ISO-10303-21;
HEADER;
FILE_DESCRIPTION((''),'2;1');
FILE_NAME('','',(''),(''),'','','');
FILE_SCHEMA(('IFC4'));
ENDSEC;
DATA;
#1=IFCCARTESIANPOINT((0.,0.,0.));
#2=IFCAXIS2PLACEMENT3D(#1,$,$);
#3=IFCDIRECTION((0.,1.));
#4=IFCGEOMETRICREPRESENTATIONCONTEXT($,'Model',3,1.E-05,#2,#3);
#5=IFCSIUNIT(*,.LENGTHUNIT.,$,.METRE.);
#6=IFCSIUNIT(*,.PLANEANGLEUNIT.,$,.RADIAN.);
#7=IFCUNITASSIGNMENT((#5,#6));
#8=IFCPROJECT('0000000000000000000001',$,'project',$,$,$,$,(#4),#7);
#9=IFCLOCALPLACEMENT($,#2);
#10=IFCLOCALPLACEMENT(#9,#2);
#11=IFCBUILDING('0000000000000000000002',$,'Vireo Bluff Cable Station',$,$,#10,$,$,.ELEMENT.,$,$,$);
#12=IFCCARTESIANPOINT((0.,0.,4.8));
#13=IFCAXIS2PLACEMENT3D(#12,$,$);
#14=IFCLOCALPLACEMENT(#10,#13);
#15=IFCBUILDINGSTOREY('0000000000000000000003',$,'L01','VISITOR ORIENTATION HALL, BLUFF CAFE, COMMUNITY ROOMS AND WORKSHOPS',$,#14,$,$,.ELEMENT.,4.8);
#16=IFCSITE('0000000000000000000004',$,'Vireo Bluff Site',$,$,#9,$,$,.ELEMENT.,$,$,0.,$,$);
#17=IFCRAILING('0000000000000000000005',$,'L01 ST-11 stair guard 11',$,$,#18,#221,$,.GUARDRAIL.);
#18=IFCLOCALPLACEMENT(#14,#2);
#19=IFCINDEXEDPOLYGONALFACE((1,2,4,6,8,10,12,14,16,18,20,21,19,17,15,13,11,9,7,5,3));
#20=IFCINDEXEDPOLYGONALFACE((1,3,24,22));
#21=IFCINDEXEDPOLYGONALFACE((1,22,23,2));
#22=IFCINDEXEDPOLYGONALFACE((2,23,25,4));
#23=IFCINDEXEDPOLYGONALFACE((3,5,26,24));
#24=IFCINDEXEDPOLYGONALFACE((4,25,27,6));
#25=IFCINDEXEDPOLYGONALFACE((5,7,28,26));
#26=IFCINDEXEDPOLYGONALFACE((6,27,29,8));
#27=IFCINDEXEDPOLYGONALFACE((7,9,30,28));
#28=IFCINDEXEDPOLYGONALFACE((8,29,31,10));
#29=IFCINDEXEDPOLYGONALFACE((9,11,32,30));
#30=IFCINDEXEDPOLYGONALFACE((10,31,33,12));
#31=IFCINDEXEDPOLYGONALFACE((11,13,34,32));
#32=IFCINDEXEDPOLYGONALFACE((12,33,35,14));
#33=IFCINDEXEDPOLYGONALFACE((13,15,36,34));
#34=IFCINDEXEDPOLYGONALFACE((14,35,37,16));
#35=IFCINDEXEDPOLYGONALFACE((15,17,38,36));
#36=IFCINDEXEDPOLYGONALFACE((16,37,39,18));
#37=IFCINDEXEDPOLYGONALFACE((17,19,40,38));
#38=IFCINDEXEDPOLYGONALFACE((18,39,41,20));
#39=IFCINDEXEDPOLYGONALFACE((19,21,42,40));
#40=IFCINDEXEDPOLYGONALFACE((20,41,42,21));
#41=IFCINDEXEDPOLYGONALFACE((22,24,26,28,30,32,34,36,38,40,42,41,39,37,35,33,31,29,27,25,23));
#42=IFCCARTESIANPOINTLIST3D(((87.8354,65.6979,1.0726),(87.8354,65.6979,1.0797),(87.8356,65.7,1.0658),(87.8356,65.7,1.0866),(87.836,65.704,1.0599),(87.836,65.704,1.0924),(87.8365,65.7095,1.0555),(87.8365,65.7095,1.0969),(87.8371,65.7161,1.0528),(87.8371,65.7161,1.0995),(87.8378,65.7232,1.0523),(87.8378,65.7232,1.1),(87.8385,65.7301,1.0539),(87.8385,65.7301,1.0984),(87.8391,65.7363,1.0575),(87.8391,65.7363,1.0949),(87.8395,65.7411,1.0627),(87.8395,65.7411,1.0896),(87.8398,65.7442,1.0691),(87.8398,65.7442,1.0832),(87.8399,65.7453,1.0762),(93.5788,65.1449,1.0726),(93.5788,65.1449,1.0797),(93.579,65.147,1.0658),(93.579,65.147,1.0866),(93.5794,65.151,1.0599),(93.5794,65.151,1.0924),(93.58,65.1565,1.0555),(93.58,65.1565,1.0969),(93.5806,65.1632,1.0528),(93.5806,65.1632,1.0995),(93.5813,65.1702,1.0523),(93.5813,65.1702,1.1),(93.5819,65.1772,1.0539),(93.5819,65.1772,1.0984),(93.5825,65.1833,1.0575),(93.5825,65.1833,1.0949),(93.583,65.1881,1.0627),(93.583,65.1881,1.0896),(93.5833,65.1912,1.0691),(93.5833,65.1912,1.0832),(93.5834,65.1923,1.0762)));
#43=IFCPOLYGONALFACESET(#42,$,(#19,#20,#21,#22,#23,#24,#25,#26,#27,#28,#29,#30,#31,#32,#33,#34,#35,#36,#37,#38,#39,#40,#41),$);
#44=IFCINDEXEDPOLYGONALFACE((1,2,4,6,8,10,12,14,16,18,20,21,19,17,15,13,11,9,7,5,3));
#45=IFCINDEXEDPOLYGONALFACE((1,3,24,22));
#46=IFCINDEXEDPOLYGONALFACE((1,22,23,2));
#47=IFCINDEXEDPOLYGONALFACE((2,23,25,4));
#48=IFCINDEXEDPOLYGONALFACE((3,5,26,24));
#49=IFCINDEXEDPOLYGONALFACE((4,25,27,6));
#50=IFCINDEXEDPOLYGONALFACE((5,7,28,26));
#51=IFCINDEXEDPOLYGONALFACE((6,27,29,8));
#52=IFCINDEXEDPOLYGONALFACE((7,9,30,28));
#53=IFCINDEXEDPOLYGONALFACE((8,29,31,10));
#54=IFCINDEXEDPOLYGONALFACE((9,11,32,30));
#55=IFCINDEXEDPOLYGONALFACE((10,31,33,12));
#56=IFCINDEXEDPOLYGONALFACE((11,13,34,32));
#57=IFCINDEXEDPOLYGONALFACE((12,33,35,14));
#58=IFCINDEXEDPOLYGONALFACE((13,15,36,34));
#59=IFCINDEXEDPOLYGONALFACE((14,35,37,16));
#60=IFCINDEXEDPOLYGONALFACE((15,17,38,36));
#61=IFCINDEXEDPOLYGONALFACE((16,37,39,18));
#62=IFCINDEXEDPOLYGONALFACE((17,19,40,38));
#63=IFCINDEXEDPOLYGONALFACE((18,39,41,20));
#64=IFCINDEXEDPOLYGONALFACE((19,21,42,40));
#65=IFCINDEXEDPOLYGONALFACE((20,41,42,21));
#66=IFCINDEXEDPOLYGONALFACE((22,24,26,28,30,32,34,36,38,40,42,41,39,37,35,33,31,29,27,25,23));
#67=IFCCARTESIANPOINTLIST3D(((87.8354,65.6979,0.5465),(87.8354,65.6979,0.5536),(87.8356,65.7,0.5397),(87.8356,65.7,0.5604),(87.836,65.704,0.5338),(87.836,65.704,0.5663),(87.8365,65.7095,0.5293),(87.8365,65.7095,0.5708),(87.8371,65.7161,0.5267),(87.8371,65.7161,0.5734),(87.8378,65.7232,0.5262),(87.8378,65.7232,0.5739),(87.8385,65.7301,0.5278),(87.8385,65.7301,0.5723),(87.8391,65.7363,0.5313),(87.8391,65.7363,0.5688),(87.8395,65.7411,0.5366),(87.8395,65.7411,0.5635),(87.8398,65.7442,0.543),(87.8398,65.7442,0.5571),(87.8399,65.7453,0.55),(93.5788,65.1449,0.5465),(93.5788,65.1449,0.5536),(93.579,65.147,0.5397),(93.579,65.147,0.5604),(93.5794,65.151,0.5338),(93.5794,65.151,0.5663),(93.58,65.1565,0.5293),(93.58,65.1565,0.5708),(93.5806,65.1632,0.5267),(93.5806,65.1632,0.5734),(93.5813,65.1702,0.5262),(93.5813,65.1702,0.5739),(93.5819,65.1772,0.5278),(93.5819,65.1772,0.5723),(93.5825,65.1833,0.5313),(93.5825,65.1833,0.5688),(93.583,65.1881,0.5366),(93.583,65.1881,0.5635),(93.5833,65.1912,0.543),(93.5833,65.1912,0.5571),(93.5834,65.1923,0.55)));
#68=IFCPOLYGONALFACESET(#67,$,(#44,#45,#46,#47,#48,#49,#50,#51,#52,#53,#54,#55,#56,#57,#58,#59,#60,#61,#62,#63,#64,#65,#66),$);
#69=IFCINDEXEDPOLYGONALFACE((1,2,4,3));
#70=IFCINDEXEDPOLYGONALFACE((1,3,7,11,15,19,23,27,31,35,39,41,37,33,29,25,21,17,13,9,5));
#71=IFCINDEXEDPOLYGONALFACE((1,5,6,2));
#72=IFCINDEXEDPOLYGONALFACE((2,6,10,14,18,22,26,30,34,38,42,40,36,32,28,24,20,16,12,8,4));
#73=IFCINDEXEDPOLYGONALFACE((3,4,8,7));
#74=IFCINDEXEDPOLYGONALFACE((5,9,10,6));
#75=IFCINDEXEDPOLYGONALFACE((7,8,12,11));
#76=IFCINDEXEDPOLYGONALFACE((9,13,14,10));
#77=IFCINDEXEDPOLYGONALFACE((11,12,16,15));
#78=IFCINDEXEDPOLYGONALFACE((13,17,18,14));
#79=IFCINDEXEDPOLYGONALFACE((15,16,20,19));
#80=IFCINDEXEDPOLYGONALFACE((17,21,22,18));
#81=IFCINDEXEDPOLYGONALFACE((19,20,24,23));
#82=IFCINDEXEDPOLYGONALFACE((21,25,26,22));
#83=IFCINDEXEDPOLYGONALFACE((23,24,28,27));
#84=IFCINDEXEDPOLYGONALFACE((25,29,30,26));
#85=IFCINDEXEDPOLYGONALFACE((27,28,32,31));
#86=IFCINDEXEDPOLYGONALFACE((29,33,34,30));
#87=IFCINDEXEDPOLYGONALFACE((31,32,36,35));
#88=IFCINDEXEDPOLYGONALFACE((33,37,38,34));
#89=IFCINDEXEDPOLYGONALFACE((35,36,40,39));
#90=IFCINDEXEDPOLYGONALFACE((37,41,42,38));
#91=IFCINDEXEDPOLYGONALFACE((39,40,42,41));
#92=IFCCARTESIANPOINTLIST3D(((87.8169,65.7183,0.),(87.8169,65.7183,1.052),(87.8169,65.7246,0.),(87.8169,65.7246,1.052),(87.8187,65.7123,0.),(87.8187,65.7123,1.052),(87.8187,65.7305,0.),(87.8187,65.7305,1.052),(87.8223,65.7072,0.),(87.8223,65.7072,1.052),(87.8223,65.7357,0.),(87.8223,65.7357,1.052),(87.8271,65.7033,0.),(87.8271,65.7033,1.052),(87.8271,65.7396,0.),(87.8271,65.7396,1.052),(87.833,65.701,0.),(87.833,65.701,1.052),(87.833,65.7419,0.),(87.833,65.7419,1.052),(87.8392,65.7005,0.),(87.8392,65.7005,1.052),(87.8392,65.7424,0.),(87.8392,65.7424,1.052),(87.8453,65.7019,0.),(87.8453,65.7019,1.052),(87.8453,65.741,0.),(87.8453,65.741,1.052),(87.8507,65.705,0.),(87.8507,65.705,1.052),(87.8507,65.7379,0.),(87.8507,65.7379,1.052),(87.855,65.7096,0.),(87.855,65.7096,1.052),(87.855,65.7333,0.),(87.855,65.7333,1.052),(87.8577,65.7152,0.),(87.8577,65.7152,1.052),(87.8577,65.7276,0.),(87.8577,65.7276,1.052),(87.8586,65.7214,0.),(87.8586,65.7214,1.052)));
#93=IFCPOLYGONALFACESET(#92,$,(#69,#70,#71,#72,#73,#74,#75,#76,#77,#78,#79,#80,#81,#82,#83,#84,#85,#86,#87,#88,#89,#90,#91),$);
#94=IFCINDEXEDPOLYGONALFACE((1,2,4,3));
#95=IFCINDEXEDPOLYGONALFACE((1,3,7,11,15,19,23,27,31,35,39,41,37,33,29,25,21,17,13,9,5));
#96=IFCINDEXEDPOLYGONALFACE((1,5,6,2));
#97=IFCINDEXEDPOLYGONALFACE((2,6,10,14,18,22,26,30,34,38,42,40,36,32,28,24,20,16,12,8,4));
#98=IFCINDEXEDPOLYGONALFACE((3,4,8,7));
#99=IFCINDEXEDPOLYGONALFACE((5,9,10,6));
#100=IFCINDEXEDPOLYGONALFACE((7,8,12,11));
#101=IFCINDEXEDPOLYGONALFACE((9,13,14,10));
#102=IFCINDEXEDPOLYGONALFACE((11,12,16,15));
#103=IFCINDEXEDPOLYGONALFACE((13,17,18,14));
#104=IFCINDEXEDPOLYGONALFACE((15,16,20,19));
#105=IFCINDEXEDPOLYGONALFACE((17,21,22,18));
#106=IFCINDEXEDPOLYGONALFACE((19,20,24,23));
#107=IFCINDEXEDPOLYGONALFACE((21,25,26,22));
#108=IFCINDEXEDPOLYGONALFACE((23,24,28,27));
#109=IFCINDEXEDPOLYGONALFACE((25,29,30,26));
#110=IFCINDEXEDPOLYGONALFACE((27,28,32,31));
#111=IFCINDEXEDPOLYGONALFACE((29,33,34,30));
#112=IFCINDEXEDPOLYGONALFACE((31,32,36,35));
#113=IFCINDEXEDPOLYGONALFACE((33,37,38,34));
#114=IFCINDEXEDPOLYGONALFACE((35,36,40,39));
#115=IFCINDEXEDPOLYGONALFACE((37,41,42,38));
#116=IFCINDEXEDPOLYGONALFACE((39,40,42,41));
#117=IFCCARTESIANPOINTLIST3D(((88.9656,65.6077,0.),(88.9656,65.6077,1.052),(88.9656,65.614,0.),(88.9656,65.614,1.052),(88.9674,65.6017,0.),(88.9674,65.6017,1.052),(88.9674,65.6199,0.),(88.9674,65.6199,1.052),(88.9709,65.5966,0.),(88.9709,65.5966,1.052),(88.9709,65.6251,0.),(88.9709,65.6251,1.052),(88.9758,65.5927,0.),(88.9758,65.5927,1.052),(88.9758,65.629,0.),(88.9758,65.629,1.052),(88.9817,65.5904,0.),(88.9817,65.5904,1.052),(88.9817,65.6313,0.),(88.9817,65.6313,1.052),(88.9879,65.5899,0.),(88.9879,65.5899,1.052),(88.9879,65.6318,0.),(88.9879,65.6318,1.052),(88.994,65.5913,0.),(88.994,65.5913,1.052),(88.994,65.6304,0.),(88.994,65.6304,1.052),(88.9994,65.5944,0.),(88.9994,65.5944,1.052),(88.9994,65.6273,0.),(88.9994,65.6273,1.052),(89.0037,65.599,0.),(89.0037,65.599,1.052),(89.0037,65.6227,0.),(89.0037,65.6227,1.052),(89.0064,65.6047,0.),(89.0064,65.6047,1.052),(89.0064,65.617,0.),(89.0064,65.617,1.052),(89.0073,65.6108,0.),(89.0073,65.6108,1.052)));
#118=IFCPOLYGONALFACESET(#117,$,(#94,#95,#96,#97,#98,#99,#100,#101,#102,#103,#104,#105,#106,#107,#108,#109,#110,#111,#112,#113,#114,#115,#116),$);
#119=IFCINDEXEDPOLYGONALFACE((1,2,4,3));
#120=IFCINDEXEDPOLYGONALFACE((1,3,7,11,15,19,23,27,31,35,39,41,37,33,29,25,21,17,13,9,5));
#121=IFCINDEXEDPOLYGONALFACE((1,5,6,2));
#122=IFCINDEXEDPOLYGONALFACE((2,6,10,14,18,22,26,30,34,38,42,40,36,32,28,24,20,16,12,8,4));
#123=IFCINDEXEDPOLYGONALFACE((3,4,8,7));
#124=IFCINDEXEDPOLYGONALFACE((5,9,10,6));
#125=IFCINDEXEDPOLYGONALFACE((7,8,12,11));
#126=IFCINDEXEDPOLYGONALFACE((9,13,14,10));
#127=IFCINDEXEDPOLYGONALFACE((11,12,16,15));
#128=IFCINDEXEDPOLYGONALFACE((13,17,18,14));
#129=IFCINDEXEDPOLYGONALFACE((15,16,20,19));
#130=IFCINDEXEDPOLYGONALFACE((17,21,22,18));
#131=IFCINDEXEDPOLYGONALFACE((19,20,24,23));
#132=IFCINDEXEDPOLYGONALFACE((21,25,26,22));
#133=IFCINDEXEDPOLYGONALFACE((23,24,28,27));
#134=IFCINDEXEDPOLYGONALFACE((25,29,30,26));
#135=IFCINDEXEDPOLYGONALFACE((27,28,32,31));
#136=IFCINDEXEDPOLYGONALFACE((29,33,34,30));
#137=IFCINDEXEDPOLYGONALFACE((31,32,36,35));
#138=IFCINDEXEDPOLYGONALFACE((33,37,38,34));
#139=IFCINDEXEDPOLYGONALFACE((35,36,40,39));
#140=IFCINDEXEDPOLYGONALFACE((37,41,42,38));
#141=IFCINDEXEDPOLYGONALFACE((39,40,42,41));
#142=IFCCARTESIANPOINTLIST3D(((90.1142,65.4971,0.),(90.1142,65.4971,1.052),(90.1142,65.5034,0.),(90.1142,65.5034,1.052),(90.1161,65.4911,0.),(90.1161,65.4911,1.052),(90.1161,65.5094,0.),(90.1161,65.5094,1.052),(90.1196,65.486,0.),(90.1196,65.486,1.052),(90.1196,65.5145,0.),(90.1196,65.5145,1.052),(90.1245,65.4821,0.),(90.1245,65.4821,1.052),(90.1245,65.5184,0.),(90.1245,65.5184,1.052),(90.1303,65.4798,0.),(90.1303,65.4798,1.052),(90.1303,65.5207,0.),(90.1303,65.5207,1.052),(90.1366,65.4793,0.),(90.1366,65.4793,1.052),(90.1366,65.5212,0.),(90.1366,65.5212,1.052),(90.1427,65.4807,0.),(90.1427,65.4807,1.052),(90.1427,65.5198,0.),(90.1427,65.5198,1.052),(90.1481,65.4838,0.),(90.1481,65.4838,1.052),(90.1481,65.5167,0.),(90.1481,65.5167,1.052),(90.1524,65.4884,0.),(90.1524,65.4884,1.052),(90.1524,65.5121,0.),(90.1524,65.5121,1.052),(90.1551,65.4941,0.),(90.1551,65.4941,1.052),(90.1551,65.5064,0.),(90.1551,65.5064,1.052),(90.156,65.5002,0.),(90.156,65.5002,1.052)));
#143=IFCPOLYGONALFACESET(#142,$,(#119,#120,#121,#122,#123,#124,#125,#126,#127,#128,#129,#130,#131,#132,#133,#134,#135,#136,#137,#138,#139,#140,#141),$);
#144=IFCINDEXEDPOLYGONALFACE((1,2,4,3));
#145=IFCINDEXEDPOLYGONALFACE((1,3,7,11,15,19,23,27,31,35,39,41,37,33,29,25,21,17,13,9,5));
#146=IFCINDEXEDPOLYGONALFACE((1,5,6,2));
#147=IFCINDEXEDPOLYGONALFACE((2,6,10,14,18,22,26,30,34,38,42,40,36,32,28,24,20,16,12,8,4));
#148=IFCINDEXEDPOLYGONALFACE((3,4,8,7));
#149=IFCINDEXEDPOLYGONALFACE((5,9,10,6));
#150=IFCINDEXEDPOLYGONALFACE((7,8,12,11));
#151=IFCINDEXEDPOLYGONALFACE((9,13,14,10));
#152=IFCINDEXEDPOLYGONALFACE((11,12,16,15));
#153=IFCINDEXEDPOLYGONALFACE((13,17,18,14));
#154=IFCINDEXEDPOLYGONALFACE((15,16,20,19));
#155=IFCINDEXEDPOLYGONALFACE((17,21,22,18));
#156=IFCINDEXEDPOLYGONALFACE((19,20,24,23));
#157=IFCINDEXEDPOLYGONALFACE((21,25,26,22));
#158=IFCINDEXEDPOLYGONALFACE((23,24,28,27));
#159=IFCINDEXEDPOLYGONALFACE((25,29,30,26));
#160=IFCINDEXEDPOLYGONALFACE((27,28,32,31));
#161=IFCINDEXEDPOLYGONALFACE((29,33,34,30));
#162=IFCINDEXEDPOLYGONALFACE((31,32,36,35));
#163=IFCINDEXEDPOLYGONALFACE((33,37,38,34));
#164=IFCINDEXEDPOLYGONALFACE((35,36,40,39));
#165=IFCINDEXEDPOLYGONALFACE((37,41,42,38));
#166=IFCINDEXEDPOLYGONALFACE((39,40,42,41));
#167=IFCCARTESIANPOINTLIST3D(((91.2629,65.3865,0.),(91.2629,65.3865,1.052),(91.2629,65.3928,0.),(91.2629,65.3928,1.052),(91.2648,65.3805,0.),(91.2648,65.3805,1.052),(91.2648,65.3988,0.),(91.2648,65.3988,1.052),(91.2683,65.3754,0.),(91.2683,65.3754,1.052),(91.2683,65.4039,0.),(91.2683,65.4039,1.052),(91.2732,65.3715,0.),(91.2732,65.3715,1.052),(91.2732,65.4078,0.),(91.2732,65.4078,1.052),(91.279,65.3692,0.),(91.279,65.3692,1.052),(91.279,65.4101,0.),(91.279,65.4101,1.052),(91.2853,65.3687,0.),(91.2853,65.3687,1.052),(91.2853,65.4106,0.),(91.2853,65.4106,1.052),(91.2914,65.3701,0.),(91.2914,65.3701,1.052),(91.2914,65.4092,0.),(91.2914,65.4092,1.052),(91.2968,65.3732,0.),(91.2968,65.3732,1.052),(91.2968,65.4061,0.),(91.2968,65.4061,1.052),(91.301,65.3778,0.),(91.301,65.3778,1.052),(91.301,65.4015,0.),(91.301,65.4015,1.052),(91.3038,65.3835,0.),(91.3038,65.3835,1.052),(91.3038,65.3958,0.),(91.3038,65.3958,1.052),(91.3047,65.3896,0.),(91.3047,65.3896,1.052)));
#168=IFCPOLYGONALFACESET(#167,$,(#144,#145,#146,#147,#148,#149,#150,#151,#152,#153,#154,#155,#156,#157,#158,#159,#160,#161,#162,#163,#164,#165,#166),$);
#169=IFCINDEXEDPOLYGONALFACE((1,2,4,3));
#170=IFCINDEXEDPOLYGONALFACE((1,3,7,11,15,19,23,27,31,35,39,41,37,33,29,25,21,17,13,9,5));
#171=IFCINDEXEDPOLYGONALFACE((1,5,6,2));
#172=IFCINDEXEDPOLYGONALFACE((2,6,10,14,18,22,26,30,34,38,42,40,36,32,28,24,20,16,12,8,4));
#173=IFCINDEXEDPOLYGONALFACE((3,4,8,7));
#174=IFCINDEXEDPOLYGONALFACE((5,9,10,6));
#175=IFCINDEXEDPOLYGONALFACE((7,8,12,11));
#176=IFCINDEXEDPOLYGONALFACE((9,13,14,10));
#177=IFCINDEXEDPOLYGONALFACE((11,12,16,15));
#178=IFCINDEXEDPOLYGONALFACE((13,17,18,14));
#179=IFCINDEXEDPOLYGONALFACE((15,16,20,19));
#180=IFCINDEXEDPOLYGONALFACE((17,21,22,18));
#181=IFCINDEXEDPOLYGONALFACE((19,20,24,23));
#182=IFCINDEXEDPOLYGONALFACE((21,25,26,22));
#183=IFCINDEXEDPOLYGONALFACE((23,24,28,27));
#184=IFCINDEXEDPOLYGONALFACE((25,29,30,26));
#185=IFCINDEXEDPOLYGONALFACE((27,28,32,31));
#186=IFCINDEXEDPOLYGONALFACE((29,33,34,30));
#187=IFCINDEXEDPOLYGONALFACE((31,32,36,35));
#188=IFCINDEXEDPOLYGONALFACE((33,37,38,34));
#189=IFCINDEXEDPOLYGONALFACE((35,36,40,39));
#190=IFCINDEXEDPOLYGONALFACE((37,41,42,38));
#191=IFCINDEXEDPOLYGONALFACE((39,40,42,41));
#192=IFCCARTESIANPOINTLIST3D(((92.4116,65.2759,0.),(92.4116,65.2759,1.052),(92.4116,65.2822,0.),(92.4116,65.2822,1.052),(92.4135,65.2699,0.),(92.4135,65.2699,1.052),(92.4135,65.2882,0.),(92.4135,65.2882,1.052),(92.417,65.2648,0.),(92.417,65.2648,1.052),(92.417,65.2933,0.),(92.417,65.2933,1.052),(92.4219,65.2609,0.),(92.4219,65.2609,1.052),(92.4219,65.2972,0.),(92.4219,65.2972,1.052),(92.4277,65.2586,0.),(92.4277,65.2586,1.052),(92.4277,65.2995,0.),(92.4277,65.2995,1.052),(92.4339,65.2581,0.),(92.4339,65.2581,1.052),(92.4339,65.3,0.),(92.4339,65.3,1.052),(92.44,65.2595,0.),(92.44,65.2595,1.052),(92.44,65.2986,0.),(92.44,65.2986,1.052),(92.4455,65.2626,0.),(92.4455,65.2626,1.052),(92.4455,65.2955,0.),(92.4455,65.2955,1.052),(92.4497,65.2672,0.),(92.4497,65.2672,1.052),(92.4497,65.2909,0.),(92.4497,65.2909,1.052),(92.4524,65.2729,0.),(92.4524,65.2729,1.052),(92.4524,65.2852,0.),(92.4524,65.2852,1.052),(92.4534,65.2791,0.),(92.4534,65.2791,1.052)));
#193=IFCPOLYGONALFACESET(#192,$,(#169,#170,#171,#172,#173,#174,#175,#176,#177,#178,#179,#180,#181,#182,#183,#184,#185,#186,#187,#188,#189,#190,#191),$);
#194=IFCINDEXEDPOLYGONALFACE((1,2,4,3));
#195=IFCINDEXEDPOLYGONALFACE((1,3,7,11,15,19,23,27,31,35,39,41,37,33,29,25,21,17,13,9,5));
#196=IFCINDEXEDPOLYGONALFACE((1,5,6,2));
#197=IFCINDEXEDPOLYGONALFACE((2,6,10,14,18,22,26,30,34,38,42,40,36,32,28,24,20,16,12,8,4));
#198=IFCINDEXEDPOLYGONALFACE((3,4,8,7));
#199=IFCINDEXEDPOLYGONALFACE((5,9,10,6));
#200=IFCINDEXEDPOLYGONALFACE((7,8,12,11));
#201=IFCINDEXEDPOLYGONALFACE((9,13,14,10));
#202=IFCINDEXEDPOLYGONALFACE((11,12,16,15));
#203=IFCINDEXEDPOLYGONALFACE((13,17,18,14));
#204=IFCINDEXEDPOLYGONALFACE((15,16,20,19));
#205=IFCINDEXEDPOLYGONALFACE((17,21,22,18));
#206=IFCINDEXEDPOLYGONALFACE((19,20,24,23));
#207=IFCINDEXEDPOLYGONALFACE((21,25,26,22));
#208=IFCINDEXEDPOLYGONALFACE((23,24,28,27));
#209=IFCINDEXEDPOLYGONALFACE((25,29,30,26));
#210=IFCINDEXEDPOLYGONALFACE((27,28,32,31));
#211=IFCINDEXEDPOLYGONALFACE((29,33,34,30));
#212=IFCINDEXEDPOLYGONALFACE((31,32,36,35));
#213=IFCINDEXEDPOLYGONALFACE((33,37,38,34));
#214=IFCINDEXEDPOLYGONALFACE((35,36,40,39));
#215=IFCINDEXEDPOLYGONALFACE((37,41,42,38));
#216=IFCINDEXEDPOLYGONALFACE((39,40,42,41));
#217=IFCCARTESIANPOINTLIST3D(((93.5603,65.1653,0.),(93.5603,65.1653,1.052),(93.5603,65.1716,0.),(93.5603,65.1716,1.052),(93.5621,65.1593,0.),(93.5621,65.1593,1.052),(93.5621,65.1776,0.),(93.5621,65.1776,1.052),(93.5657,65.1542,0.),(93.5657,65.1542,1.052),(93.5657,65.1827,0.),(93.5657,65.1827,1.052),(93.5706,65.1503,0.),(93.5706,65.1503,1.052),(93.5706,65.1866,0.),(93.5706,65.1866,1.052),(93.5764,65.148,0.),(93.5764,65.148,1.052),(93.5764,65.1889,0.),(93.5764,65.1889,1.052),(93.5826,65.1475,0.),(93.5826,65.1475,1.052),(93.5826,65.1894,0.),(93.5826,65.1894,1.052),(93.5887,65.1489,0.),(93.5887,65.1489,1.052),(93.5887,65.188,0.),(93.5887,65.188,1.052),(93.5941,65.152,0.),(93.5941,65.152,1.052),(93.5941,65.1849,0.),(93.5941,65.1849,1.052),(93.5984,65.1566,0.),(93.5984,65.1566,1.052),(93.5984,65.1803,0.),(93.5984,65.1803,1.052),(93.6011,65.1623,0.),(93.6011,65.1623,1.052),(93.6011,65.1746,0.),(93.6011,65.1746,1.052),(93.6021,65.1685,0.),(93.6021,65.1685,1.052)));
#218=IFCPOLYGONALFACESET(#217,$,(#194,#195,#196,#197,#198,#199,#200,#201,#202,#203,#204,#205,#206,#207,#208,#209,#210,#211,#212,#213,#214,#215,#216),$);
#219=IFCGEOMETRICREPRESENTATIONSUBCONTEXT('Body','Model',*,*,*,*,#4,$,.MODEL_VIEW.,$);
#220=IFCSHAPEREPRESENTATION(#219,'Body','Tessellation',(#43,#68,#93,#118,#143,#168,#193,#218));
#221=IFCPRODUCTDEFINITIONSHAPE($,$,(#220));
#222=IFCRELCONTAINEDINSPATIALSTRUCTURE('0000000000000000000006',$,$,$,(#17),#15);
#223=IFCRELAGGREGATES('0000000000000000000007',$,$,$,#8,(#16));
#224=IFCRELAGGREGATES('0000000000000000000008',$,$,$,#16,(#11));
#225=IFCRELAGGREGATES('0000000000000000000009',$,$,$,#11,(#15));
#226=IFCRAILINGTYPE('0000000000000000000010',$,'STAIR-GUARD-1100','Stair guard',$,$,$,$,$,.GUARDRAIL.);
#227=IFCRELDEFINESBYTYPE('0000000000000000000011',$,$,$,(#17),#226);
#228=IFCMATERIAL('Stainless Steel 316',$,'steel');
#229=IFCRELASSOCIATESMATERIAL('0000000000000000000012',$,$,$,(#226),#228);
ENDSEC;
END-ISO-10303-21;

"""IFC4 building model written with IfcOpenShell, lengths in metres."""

from ifc_helpers import new_model, si_unit, direction, frame, origin, origin_2d, place, context, subcontext, project, spatial, circle, extrude, material, type_object, element, save


model = new_model("IFC4")

# Units and contexts
model_context = context("Model", 3, precision=1e-05, world=origin(), true_north=direction((0.0, 1.0)))
body_context = subcontext(model_context, "Body", "Model", "MODEL_VIEW")
ifc_project = project(units=[si_unit("LENGTHUNIT", "METRE"), si_unit("PLANEANGLEUNIT", "RADIAN")], contexts=[model_context])

# Site, building, storey
site_placement = place(None, origin())
site = spatial("IfcSite", under=ifc_project, at=site_placement, Name="Vireo Bluff Site", CompositionType="ELEMENT", RefElevation=0.0)
building_placement = place(site_placement, origin())
building = spatial("IfcBuilding", under=site, at=building_placement, Name="Vireo Bluff Cable Station", CompositionType="ELEMENT")
storey_placement = place(building_placement, frame((0.0, 0.0, 4.8)))
storey = spatial("IfcBuildingStorey", under=building, at=storey_placement, Name="L01", Description="VISITOR ORIENTATION HALL, BLUFF CAFE, COMMUNITY ROOMS AND WORKSHOPS", CompositionType="ELEMENT", Elevation=4.8)

# Railing
ifc_material_1 = material(Name="Stainless Steel 316", Category="steel")
railing_type_1 = type_object("IfcRailingType", Name="STAIR-GUARD-1100", Description="Stair guard", PredefinedType="GUARDRAIL", material=ifc_material_1)
railing_1_placement = place(storey_placement, frame((87.8376, 65.7214, 0.0)))
element("IfcRailing", 1, at=railing_1_placement, inside=storey, type_object=railing_type_1, Name="L01 ST-11 stair guard 11", PredefinedType="GUARDRAIL", context=body_context, shape_type="SweptSolid", body=[
    extrude(circle(Radius=0.0239, at=origin_2d()), frame((0.0, 0.0, 1.0762), z_axis=(0.995397, -0.095837, 0.0), x_axis=(0.095837, 0.995397, 0.0)), (0.0, 0.0, 1.0), 5.77),
    extrude(circle(Radius=0.0239, at=origin_2d()), frame((0.0, 0.0, 0.55), z_axis=(0.995397, -0.095837, 0.0), x_axis=(0.095837, 0.995397, 0.0)), (0.0, 0.0, 1.0), 5.77),
    extrude(circle(Radius=0.021, at=origin_2d()), origin(), (0.0, 0.0, 1.0), 1.052),
    extrude(circle(Radius=0.021, at=origin_2d()), frame((1.1487, -0.1106, 0.0)), (0.0, 0.0, 1.0), 1.052),
    extrude(circle(Radius=0.021, at=origin_2d()), frame((2.2974, -0.2212, 0.0)), (0.0, 0.0, 1.0), 1.052),
    extrude(circle(Radius=0.021, at=origin_2d()), frame((3.446, -0.3318, 0.0)), (0.0, 0.0, 1.0), 1.052),
    extrude(circle(Radius=0.021, at=origin_2d()), frame((4.5947, -0.4424, 0.0)), (0.0, 0.0, 1.0), 1.052),
    extrude(circle(Radius=0.021, at=origin_2d()), frame((5.7434, -0.553, 0.0)), (0.0, 0.0, 1.0), 1.052),
])

save(model, "model.ifc")
